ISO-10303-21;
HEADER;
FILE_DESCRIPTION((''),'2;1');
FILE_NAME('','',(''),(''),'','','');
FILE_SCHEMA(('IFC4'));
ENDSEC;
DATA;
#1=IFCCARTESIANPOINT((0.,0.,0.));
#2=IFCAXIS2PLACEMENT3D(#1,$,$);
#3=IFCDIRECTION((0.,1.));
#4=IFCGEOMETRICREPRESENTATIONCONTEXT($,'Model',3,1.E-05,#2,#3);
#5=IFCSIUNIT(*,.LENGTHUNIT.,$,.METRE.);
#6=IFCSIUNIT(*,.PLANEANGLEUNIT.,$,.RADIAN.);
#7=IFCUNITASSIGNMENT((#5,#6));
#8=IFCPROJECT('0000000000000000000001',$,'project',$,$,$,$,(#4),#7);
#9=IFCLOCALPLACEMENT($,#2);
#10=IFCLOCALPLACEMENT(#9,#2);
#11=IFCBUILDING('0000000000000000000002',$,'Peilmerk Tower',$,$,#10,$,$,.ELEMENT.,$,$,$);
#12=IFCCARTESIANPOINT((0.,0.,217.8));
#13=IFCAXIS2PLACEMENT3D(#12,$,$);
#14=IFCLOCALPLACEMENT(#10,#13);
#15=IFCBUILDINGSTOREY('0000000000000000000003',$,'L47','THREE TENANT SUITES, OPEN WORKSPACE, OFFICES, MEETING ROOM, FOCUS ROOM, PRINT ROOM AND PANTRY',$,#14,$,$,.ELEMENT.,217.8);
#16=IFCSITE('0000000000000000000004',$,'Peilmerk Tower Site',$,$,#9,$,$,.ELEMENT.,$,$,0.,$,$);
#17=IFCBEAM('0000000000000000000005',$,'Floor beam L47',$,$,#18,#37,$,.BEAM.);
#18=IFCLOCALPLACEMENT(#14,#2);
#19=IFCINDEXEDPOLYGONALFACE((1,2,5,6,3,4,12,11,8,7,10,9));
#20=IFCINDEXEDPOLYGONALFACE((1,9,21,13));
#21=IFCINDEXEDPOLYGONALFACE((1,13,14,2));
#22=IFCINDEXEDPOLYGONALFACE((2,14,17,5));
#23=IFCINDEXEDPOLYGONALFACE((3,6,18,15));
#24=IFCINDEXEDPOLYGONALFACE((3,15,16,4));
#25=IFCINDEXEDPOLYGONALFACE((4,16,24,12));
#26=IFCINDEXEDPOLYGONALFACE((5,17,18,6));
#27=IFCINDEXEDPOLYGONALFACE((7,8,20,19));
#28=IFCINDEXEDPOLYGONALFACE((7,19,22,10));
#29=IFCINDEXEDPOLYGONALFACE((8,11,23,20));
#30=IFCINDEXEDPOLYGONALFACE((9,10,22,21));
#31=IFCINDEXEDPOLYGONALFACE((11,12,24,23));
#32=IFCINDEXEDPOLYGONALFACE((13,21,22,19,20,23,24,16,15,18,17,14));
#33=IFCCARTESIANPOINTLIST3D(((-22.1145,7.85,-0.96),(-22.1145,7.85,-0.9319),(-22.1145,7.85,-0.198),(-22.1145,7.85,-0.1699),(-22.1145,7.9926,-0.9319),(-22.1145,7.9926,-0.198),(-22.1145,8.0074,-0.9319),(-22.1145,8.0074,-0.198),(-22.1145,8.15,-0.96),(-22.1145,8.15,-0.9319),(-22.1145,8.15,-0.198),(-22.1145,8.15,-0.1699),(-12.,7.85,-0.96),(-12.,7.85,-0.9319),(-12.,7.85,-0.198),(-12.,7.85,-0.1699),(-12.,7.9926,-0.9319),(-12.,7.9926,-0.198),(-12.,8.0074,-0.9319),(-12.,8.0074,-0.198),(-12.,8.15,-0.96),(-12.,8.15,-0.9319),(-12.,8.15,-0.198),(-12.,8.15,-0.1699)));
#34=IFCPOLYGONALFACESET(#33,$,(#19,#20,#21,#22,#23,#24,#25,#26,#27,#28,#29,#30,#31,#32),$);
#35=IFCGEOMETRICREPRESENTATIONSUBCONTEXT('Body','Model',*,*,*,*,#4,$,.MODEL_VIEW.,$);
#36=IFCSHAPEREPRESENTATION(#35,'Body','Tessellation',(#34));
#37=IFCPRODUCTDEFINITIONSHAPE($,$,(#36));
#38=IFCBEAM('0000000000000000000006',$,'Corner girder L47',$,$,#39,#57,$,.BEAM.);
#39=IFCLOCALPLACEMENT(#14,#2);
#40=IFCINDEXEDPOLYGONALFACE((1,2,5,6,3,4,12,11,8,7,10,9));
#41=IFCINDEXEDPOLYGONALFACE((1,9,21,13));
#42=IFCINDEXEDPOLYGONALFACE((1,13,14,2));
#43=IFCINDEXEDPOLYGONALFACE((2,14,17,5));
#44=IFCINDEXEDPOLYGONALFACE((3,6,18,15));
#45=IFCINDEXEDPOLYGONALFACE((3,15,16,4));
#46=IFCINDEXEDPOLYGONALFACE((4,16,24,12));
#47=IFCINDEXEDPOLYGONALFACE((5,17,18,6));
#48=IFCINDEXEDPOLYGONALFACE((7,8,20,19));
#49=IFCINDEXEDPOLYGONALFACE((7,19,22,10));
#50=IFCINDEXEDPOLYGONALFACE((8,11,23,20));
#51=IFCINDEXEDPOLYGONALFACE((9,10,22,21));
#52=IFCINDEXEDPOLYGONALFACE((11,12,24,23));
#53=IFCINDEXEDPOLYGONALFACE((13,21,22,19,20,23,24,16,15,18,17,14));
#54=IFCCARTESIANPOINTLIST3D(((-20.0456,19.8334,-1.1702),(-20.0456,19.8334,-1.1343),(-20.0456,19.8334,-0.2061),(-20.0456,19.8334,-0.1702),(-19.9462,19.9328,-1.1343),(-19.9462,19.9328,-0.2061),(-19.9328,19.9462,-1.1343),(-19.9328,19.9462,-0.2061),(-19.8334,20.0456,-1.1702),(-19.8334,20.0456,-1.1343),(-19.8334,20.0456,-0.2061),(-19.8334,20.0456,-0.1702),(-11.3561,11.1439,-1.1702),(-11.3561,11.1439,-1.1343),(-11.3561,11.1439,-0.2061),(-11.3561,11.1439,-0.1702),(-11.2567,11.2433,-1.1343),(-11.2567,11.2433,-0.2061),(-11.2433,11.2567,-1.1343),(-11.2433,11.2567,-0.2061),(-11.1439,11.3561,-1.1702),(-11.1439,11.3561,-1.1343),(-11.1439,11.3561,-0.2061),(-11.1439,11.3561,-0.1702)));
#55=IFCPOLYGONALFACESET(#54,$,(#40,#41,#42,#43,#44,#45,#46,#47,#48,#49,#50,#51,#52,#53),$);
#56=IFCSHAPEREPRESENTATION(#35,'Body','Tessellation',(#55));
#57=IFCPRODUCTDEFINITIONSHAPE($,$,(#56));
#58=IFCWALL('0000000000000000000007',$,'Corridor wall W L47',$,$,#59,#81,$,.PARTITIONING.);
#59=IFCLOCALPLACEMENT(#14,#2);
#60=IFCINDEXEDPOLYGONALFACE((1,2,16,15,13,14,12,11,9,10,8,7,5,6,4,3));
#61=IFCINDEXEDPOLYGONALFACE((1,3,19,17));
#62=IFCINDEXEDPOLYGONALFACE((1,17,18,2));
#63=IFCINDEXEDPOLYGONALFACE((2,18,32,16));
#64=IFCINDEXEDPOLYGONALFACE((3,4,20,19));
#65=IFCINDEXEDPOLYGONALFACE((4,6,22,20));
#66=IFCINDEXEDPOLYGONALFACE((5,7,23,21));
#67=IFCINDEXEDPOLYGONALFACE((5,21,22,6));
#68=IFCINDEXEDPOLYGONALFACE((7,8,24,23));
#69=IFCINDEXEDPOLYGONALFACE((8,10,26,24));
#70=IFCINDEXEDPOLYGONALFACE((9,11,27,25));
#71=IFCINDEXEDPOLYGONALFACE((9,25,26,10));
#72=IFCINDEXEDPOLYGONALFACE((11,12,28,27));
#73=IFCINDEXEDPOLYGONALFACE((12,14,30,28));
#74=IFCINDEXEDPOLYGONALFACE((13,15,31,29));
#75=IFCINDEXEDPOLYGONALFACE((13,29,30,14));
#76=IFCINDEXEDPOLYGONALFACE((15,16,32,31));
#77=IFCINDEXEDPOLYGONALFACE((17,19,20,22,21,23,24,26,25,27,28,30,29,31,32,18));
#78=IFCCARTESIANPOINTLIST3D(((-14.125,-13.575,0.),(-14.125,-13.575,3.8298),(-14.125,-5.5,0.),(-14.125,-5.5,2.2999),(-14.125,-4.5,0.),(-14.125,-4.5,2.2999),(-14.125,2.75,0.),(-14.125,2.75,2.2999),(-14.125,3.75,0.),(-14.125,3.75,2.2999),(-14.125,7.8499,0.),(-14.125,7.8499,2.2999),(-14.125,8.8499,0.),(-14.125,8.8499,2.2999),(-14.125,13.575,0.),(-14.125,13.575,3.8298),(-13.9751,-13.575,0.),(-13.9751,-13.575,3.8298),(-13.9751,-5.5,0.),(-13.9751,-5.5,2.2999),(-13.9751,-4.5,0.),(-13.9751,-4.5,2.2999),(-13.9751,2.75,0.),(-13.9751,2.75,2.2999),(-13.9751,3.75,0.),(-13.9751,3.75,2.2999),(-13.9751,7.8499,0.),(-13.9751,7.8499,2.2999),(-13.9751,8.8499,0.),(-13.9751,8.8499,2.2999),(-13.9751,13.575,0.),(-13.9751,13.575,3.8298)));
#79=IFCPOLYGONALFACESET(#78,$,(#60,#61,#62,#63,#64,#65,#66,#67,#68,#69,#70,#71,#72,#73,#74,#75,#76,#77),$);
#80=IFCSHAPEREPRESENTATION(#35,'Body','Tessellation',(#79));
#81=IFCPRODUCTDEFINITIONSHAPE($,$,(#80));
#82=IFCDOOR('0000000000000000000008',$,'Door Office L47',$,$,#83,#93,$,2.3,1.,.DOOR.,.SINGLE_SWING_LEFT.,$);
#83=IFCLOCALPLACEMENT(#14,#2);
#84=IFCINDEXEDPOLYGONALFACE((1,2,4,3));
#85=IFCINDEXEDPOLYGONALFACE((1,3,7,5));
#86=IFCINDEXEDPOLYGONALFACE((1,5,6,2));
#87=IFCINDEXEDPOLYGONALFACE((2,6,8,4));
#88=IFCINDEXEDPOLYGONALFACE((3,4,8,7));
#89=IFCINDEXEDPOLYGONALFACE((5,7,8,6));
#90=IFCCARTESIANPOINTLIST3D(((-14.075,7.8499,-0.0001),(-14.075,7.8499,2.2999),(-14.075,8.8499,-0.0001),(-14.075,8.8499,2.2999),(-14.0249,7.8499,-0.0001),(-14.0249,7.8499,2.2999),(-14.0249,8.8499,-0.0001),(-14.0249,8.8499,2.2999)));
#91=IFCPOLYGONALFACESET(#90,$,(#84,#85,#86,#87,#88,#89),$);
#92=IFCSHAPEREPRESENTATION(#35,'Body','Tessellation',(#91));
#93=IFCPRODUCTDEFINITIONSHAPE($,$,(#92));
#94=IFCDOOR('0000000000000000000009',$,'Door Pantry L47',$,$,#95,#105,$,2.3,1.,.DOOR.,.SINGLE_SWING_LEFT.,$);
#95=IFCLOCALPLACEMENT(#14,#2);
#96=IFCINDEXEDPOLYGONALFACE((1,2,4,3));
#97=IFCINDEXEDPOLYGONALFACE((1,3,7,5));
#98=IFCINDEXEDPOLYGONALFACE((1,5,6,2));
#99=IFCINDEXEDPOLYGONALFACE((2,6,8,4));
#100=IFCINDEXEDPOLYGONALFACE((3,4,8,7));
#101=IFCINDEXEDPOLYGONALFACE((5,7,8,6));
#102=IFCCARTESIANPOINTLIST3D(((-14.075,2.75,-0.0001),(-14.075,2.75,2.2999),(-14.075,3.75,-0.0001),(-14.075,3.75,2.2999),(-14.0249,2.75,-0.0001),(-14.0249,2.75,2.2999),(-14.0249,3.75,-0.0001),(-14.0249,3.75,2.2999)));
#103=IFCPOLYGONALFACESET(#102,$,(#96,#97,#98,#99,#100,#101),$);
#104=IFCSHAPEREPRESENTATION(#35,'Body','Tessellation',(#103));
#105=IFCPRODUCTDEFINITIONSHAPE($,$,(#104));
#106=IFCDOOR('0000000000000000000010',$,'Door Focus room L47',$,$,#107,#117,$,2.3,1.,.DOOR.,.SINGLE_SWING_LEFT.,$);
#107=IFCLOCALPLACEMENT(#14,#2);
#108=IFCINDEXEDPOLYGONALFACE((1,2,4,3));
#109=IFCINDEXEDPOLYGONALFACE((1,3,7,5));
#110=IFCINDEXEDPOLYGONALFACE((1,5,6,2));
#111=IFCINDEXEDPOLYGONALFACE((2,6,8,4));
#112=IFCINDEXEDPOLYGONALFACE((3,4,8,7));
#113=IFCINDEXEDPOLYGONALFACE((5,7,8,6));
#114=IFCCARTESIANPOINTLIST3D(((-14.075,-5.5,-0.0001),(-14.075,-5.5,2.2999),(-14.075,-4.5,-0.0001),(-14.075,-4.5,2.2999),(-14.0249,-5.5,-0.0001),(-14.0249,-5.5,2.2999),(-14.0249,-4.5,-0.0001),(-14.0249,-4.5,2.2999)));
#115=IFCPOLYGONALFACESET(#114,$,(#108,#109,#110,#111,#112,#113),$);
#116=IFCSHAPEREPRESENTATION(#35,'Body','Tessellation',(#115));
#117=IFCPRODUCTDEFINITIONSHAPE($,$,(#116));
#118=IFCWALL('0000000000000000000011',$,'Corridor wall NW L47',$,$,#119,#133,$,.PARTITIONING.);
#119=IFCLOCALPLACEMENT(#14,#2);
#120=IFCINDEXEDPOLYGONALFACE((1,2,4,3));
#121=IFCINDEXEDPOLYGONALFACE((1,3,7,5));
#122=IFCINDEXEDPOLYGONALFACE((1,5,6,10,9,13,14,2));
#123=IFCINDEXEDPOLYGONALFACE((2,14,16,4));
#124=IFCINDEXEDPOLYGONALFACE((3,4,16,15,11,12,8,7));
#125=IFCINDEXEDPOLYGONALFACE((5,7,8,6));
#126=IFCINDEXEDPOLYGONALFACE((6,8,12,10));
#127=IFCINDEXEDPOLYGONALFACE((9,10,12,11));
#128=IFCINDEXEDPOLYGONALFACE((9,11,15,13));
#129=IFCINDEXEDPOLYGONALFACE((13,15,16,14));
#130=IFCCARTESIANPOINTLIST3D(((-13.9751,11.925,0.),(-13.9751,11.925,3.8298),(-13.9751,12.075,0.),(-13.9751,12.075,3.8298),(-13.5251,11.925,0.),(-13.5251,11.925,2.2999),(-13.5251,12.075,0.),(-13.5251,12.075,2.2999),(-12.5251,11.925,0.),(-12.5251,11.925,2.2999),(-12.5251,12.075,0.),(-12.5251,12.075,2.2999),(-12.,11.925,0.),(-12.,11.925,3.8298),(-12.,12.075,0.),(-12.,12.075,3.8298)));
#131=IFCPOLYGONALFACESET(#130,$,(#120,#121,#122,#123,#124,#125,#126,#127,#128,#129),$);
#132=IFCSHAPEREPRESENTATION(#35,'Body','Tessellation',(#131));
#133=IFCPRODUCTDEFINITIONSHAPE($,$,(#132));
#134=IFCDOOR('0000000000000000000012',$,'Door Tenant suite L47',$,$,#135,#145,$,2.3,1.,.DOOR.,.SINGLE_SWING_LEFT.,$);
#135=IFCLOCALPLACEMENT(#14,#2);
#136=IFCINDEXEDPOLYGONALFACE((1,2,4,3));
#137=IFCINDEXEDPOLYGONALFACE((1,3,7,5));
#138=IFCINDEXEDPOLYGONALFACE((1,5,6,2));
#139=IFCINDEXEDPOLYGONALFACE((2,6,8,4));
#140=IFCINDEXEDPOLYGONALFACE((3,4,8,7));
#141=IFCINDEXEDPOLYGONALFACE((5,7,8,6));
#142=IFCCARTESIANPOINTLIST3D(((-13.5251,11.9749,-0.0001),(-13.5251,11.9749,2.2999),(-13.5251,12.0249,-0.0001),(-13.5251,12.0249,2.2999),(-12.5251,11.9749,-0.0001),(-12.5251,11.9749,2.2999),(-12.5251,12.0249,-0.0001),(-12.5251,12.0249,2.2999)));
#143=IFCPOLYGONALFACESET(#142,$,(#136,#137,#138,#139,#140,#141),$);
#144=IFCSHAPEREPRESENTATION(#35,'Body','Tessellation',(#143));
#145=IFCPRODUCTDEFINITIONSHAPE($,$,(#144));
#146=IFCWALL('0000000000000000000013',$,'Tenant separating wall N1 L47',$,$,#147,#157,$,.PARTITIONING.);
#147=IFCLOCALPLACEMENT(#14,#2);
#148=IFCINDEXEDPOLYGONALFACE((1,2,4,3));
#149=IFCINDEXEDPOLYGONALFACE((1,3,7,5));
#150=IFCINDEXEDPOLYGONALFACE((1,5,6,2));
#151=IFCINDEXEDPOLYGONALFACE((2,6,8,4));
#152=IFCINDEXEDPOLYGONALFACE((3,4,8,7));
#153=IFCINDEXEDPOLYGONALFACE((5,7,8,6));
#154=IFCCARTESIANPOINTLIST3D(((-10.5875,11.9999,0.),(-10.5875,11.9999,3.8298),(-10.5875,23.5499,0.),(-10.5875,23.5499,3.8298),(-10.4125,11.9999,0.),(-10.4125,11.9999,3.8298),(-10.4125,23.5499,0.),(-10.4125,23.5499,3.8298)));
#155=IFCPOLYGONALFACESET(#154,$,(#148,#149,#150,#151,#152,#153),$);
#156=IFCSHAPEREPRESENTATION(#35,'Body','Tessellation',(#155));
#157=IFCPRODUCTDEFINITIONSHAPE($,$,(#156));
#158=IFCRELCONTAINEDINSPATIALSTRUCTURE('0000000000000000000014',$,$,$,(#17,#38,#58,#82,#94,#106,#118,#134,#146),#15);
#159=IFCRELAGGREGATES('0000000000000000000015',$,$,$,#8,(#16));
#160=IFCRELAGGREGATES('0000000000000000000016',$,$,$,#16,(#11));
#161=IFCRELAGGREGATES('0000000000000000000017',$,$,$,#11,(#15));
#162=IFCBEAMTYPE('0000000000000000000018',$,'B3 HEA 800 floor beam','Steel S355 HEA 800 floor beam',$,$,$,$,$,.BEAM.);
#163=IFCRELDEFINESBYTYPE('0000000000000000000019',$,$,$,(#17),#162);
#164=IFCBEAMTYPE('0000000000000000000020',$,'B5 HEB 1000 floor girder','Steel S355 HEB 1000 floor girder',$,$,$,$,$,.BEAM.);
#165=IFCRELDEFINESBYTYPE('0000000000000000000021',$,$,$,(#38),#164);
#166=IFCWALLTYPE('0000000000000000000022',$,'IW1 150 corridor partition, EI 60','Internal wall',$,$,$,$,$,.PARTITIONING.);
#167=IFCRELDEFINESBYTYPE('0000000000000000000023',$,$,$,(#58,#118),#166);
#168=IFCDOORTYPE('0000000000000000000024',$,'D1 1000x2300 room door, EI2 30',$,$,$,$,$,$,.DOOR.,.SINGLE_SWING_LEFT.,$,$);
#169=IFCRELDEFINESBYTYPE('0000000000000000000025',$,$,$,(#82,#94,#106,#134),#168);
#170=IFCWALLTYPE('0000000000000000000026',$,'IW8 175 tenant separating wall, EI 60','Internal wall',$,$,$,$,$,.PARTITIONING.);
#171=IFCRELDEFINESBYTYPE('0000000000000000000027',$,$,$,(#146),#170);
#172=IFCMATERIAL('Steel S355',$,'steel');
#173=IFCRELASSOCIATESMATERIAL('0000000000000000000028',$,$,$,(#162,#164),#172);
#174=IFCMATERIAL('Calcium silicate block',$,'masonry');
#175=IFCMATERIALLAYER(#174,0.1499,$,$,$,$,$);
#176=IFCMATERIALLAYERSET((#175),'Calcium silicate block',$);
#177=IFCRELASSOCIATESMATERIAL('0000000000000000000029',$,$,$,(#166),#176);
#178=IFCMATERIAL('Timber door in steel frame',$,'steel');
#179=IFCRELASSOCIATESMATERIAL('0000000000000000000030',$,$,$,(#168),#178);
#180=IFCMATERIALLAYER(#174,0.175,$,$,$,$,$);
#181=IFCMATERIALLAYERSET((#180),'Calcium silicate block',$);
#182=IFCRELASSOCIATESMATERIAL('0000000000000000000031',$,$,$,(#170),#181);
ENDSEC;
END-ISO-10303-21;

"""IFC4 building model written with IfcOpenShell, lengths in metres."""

from ifc_helpers import new_model, si_unit, direction, frame, frame_2d, origin, origin_2d, place, context, subcontext, project, spatial, rectangle, i_section, extrude, material, layer, layer_set, material_profile, profile_set, type_object, element, fill, save


model = new_model("IFC4")

# Units and contexts
model_context = context("Model", 3, precision=1e-05, world=origin(), true_north=direction((0.0, 1.0)))
body_context = subcontext(model_context, "Body", "Model", "MODEL_VIEW")
ifc_project = project(units=[si_unit("LENGTHUNIT", "METRE"), si_unit("PLANEANGLEUNIT", "RADIAN")], contexts=[model_context])

# Site, building, storey
site_placement = place(None, origin())
site = spatial("IfcSite", under=ifc_project, at=site_placement, Name="Peilmerk Tower Site", CompositionType="ELEMENT", RefElevation=0.0)
building_placement = place(site_placement, origin())
building = spatial("IfcBuilding", under=site, at=building_placement, Name="Peilmerk Tower", CompositionType="ELEMENT")
storey_placement = place(building_placement, frame((0.0, 0.0, 217.8)))
storey = spatial("IfcBuildingStorey", under=building, at=storey_placement, Name="L47", Description="THREE TENANT SUITES, OPEN WORKSPACE, OFFICES, MEETING ROOM, FOCUS ROOM, PRINT ROOM AND PANTRY", CompositionType="ELEMENT", Elevation=217.8)

# Beams
ifc_material_1 = material(Name="Steel S355", Category="steel")
ifc_material_profile_1 = material_profile(ifc_material_1, i_section(OverallWidth=0.3, OverallDepth=0.79, WebThickness=0.0149, FlangeThickness=0.0281, at=origin_2d()), Name="HEA 800")
ifc_profile_set_1 = profile_set([ifc_material_profile_1], Name="Steel S355")
beam_type_1 = type_object("IfcBeamType", Name="B3 HEA 800 floor beam", Description="Steel S355 HEA 800 floor beam", PredefinedType="BEAM", material=ifc_profile_set_1)
for number, where, z_axis, x_axis, name in (
    (1, (-12.0, 8.0, -0.5649), (-1.0, 0.0, 0.0), (0.0, -1.0, 0.0), "Floor beam L47"),
):
    element("IfcBeam", number, at=place(storey_placement, frame(where, z_axis=z_axis, x_axis=x_axis)), inside=storey, type_object=beam_type_1, Name=name, PredefinedType="BEAM", context=body_context, shape_type="SweptSolid", body=[
        extrude(i_section(OverallWidth=0.3, OverallDepth=0.79, WebThickness=0.0149, FlangeThickness=0.0281, at=origin_2d()), origin(), (0.0, 0.0, 1.0), 10.1145),
    ])
ifc_material_profile_2 = material_profile(ifc_material_1, i_section(OverallWidth=0.3, OverallDepth=1.0, WebThickness=0.019, FlangeThickness=0.0359, at=origin_2d()), Name="HEB 1000")
ifc_profile_set_2 = profile_set([ifc_material_profile_2], Name="Steel S355")
beam_type_2 = type_object("IfcBeamType", Name="B5 HEB 1000 floor girder", Description="Steel S355 HEB 1000 floor girder", PredefinedType="BEAM", material=ifc_profile_set_2)
beam_1_placement = place(storey_placement, frame((-11.25, 11.25, -0.6702), z_axis=(-0.707107, 0.707107, 0.0), x_axis=(-0.707107, -0.707107, 0.0)))
element("IfcBeam", 2, at=beam_1_placement, inside=storey, type_object=beam_type_2, Name="Corner girder L47", PredefinedType="BEAM", context=body_context, shape_type="SweptSolid", body=[
    extrude(i_section(OverallWidth=0.3, OverallDepth=1.0, WebThickness=0.019, FlangeThickness=0.0359, at=origin_2d()), origin(), (0.0, 0.0, 1.0), 12.2888),
])

# Wall, openings, doors
ifc_material_2 = material(Name="Calcium silicate block", Category="masonry")
ifc_layer_1 = layer(ifc_material_2, 0.1499)
ifc_layer_set_1 = layer_set([ifc_layer_1], Name="Calcium silicate block")
wall_type_1 = type_object("IfcWallType", Name="IW1 150 corridor partition, EI 60", Description="Internal wall", PredefinedType="PARTITIONING", material=ifc_layer_set_1)
wall_1_placement = place(storey_placement, frame((-14.05, 13.575, 0.0), z_axis=(0.0, 0.0, 1.0), x_axis=(0.0, -1.0, 0.0)))
wall_1 = element("IfcWall", 3, at=wall_1_placement, inside=storey, type_object=wall_type_1, Name="Corridor wall W L47", PredefinedType="PARTITIONING", context=body_context, shape_type="SweptSolid", body=[
    extrude(rectangle(XDim=27.1499, YDim=0.1499, at=frame_2d((13.575, 0.0))), origin(), (0.0, 0.0, 1.0), 3.8298),
])
opening_1_placement = place(wall_1_placement, frame((4.7251, 0.0, 0.0)))
opening_1 = element("IfcOpeningElement", 4, at=opening_1_placement, cuts=wall_1, PredefinedType="OPENING", context=body_context, shape_type="SweptSolid", body=[
    extrude(rectangle(XDim=1.0, YDim=2.3, at=frame_2d((0.5, 1.1499))), frame((0.0, 0.085, 0.0), z_axis=(0.0, -1.0, 0.0), x_axis=(1.0, 0.0, 0.0)), (0.0, 0.0, 1.0), 0.1699),
])
opening_2_placement = place(wall_1_placement, frame((9.825, 0.0, 0.0)))
opening_2 = element("IfcOpeningElement", 5, at=opening_2_placement, cuts=wall_1, PredefinedType="OPENING", context=body_context, shape_type="SweptSolid", body=[
    extrude(rectangle(XDim=1.0, YDim=2.3, at=frame_2d((0.5, 1.1499))), frame((0.0, 0.085, 0.0), z_axis=(0.0, -1.0, 0.0), x_axis=(1.0, 0.0, 0.0)), (0.0, 0.0, 1.0), 0.1699),
])
opening_3_placement = place(wall_1_placement, frame((18.075, 0.0, 0.0)))
opening_3 = element("IfcOpeningElement", 6, at=opening_3_placement, cuts=wall_1, PredefinedType="OPENING", context=body_context, shape_type="SweptSolid", body=[
    extrude(rectangle(XDim=1.0, YDim=2.3, at=frame_2d((0.5, 1.1499))), frame((0.0, 0.085, 0.0), z_axis=(0.0, -1.0, 0.0), x_axis=(1.0, 0.0, 0.0)), (0.0, 0.0, 1.0), 0.1699),
])
ifc_material_3 = material(Name="Timber door in steel frame", Category="steel")
door_type = type_object("IfcDoorType", Name="D1 1000x2300 room door, EI2 30", OperationType="SINGLE_SWING_LEFT", PredefinedType="DOOR", material=ifc_material_3)
door_1_placement = place(opening_1_placement, frame((1.0, 0.0, 0.0), z_axis=(0.0, 0.0, 1.0), x_axis=(-1.0, 0.0, 0.0)))
door_1 = element("IfcDoor", 7, at=door_1_placement, inside=storey, type_object=door_type, Name="Door Office L47", OperationType="SINGLE_SWING_LEFT", OverallHeight=2.3, OverallWidth=1.0, PredefinedType="DOOR", context=body_context, shape_type="SweptSolid", body=[
    extrude(rectangle(XDim=1.0, YDim=2.3, at=frame_2d((0.5, 1.1499))), frame((0.0, 0.0249, 0.0), z_axis=(0.0, -1.0, 0.0), x_axis=(1.0, 0.0, 0.0)), (0.0, 0.0, 1.0), 0.05),
])
fill(opening_1, door_1)
door_2_placement = place(opening_2_placement, frame((1.0, 0.0, 0.0), z_axis=(0.0, 0.0, 1.0), x_axis=(-1.0, 0.0, 0.0)))
door_2 = element("IfcDoor", 8, at=door_2_placement, inside=storey, type_object=door_type, Name="Door Pantry L47", OperationType="SINGLE_SWING_LEFT", OverallHeight=2.3, OverallWidth=1.0, PredefinedType="DOOR", context=body_context, shape_type="SweptSolid", body=[
    extrude(rectangle(XDim=1.0, YDim=2.3, at=frame_2d((0.5, 1.1499))), frame((0.0, 0.0249, 0.0), z_axis=(0.0, -1.0, 0.0), x_axis=(1.0, 0.0, 0.0)), (0.0, 0.0, 1.0), 0.05),
])
fill(opening_2, door_2)
door_3_placement = place(opening_3_placement, frame((1.0, 0.0, 0.0), z_axis=(0.0, 0.0, 1.0), x_axis=(-1.0, 0.0, 0.0)))
door_3 = element("IfcDoor", 9, at=door_3_placement, inside=storey, type_object=door_type, Name="Door Focus room L47", OperationType="SINGLE_SWING_LEFT", OverallHeight=2.3, OverallWidth=1.0, PredefinedType="DOOR", context=body_context, shape_type="SweptSolid", body=[
    extrude(rectangle(XDim=1.0, YDim=2.3, at=frame_2d((0.5, 1.1499))), frame((0.0, 0.0249, 0.0), z_axis=(0.0, -1.0, 0.0), x_axis=(1.0, 0.0, 0.0)), (0.0, 0.0, 1.0), 0.05),
])
fill(opening_3, door_3)

# Wall, opening, door
wall_2_placement = place(storey_placement, frame((-13.9751, 12.0, 0.0), z_axis=(0.0, 0.0, 1.0), x_axis=(1.0, 0.0, 0.0)))
wall_2 = element("IfcWall", 10, at=wall_2_placement, inside=storey, type_object=wall_type_1, Name="Corridor wall NW L47", PredefinedType="PARTITIONING", context=body_context, shape_type="SweptSolid", body=[
    extrude(rectangle(XDim=1.9751, YDim=0.1499, at=frame_2d((0.9875, 0.0))), origin(), (0.0, 0.0, 1.0), 3.8298),
])
opening_4_placement = place(wall_2_placement, frame((0.45, 0.0, 0.0)))
opening_4 = element("IfcOpeningElement", 11, at=opening_4_placement, cuts=wall_2, PredefinedType="OPENING", context=body_context, shape_type="SweptSolid", body=[
    extrude(rectangle(XDim=1.0, YDim=2.3, at=frame_2d((0.5, 1.1499))), frame((0.0, 0.085, 0.0), z_axis=(0.0, -1.0, 0.0), x_axis=(1.0, 0.0, 0.0)), (0.0, 0.0, 1.0), 0.1699),
])
door_4_placement = place(opening_4_placement, origin())
door_4 = element("IfcDoor", 12, at=door_4_placement, inside=storey, type_object=door_type, Name="Door Tenant suite L47", OperationType="SINGLE_SWING_LEFT", OverallHeight=2.3, OverallWidth=1.0, PredefinedType="DOOR", context=body_context, shape_type="SweptSolid", body=[
    extrude(rectangle(XDim=1.0, YDim=2.3, at=frame_2d((0.5, 1.1499))), frame((0.0, 0.0249, 0.0), z_axis=(0.0, -1.0, 0.0), x_axis=(1.0, 0.0, 0.0)), (0.0, 0.0, 1.0), 0.05),
])
fill(opening_4, door_4)

# Wall
ifc_layer_2 = layer(ifc_material_2, 0.175)
ifc_layer_set_2 = layer_set([ifc_layer_2], Name="Calcium silicate block")
wall_type_2 = type_object("IfcWallType", Name="IW8 175 tenant separating wall, EI 60", Description="Internal wall", PredefinedType="PARTITIONING", material=ifc_layer_set_2)
wall_3_placement = place(storey_placement, frame((-10.5, 12.0, 0.0), z_axis=(0.0, 0.0, 1.0), x_axis=(0.0, 1.0, 0.0)))
element("IfcWall", 13, at=wall_3_placement, inside=storey, type_object=wall_type_2, Name="Tenant separating wall N1 L47", PredefinedType="PARTITIONING", context=body_context, shape_type="SweptSolid", body=[
    extrude(rectangle(XDim=11.55, YDim=0.175, at=frame_2d((5.7749, 0.0))), origin(), (0.0, 0.0, 1.0), 3.8298),
])

save(model, "model.ifc")
